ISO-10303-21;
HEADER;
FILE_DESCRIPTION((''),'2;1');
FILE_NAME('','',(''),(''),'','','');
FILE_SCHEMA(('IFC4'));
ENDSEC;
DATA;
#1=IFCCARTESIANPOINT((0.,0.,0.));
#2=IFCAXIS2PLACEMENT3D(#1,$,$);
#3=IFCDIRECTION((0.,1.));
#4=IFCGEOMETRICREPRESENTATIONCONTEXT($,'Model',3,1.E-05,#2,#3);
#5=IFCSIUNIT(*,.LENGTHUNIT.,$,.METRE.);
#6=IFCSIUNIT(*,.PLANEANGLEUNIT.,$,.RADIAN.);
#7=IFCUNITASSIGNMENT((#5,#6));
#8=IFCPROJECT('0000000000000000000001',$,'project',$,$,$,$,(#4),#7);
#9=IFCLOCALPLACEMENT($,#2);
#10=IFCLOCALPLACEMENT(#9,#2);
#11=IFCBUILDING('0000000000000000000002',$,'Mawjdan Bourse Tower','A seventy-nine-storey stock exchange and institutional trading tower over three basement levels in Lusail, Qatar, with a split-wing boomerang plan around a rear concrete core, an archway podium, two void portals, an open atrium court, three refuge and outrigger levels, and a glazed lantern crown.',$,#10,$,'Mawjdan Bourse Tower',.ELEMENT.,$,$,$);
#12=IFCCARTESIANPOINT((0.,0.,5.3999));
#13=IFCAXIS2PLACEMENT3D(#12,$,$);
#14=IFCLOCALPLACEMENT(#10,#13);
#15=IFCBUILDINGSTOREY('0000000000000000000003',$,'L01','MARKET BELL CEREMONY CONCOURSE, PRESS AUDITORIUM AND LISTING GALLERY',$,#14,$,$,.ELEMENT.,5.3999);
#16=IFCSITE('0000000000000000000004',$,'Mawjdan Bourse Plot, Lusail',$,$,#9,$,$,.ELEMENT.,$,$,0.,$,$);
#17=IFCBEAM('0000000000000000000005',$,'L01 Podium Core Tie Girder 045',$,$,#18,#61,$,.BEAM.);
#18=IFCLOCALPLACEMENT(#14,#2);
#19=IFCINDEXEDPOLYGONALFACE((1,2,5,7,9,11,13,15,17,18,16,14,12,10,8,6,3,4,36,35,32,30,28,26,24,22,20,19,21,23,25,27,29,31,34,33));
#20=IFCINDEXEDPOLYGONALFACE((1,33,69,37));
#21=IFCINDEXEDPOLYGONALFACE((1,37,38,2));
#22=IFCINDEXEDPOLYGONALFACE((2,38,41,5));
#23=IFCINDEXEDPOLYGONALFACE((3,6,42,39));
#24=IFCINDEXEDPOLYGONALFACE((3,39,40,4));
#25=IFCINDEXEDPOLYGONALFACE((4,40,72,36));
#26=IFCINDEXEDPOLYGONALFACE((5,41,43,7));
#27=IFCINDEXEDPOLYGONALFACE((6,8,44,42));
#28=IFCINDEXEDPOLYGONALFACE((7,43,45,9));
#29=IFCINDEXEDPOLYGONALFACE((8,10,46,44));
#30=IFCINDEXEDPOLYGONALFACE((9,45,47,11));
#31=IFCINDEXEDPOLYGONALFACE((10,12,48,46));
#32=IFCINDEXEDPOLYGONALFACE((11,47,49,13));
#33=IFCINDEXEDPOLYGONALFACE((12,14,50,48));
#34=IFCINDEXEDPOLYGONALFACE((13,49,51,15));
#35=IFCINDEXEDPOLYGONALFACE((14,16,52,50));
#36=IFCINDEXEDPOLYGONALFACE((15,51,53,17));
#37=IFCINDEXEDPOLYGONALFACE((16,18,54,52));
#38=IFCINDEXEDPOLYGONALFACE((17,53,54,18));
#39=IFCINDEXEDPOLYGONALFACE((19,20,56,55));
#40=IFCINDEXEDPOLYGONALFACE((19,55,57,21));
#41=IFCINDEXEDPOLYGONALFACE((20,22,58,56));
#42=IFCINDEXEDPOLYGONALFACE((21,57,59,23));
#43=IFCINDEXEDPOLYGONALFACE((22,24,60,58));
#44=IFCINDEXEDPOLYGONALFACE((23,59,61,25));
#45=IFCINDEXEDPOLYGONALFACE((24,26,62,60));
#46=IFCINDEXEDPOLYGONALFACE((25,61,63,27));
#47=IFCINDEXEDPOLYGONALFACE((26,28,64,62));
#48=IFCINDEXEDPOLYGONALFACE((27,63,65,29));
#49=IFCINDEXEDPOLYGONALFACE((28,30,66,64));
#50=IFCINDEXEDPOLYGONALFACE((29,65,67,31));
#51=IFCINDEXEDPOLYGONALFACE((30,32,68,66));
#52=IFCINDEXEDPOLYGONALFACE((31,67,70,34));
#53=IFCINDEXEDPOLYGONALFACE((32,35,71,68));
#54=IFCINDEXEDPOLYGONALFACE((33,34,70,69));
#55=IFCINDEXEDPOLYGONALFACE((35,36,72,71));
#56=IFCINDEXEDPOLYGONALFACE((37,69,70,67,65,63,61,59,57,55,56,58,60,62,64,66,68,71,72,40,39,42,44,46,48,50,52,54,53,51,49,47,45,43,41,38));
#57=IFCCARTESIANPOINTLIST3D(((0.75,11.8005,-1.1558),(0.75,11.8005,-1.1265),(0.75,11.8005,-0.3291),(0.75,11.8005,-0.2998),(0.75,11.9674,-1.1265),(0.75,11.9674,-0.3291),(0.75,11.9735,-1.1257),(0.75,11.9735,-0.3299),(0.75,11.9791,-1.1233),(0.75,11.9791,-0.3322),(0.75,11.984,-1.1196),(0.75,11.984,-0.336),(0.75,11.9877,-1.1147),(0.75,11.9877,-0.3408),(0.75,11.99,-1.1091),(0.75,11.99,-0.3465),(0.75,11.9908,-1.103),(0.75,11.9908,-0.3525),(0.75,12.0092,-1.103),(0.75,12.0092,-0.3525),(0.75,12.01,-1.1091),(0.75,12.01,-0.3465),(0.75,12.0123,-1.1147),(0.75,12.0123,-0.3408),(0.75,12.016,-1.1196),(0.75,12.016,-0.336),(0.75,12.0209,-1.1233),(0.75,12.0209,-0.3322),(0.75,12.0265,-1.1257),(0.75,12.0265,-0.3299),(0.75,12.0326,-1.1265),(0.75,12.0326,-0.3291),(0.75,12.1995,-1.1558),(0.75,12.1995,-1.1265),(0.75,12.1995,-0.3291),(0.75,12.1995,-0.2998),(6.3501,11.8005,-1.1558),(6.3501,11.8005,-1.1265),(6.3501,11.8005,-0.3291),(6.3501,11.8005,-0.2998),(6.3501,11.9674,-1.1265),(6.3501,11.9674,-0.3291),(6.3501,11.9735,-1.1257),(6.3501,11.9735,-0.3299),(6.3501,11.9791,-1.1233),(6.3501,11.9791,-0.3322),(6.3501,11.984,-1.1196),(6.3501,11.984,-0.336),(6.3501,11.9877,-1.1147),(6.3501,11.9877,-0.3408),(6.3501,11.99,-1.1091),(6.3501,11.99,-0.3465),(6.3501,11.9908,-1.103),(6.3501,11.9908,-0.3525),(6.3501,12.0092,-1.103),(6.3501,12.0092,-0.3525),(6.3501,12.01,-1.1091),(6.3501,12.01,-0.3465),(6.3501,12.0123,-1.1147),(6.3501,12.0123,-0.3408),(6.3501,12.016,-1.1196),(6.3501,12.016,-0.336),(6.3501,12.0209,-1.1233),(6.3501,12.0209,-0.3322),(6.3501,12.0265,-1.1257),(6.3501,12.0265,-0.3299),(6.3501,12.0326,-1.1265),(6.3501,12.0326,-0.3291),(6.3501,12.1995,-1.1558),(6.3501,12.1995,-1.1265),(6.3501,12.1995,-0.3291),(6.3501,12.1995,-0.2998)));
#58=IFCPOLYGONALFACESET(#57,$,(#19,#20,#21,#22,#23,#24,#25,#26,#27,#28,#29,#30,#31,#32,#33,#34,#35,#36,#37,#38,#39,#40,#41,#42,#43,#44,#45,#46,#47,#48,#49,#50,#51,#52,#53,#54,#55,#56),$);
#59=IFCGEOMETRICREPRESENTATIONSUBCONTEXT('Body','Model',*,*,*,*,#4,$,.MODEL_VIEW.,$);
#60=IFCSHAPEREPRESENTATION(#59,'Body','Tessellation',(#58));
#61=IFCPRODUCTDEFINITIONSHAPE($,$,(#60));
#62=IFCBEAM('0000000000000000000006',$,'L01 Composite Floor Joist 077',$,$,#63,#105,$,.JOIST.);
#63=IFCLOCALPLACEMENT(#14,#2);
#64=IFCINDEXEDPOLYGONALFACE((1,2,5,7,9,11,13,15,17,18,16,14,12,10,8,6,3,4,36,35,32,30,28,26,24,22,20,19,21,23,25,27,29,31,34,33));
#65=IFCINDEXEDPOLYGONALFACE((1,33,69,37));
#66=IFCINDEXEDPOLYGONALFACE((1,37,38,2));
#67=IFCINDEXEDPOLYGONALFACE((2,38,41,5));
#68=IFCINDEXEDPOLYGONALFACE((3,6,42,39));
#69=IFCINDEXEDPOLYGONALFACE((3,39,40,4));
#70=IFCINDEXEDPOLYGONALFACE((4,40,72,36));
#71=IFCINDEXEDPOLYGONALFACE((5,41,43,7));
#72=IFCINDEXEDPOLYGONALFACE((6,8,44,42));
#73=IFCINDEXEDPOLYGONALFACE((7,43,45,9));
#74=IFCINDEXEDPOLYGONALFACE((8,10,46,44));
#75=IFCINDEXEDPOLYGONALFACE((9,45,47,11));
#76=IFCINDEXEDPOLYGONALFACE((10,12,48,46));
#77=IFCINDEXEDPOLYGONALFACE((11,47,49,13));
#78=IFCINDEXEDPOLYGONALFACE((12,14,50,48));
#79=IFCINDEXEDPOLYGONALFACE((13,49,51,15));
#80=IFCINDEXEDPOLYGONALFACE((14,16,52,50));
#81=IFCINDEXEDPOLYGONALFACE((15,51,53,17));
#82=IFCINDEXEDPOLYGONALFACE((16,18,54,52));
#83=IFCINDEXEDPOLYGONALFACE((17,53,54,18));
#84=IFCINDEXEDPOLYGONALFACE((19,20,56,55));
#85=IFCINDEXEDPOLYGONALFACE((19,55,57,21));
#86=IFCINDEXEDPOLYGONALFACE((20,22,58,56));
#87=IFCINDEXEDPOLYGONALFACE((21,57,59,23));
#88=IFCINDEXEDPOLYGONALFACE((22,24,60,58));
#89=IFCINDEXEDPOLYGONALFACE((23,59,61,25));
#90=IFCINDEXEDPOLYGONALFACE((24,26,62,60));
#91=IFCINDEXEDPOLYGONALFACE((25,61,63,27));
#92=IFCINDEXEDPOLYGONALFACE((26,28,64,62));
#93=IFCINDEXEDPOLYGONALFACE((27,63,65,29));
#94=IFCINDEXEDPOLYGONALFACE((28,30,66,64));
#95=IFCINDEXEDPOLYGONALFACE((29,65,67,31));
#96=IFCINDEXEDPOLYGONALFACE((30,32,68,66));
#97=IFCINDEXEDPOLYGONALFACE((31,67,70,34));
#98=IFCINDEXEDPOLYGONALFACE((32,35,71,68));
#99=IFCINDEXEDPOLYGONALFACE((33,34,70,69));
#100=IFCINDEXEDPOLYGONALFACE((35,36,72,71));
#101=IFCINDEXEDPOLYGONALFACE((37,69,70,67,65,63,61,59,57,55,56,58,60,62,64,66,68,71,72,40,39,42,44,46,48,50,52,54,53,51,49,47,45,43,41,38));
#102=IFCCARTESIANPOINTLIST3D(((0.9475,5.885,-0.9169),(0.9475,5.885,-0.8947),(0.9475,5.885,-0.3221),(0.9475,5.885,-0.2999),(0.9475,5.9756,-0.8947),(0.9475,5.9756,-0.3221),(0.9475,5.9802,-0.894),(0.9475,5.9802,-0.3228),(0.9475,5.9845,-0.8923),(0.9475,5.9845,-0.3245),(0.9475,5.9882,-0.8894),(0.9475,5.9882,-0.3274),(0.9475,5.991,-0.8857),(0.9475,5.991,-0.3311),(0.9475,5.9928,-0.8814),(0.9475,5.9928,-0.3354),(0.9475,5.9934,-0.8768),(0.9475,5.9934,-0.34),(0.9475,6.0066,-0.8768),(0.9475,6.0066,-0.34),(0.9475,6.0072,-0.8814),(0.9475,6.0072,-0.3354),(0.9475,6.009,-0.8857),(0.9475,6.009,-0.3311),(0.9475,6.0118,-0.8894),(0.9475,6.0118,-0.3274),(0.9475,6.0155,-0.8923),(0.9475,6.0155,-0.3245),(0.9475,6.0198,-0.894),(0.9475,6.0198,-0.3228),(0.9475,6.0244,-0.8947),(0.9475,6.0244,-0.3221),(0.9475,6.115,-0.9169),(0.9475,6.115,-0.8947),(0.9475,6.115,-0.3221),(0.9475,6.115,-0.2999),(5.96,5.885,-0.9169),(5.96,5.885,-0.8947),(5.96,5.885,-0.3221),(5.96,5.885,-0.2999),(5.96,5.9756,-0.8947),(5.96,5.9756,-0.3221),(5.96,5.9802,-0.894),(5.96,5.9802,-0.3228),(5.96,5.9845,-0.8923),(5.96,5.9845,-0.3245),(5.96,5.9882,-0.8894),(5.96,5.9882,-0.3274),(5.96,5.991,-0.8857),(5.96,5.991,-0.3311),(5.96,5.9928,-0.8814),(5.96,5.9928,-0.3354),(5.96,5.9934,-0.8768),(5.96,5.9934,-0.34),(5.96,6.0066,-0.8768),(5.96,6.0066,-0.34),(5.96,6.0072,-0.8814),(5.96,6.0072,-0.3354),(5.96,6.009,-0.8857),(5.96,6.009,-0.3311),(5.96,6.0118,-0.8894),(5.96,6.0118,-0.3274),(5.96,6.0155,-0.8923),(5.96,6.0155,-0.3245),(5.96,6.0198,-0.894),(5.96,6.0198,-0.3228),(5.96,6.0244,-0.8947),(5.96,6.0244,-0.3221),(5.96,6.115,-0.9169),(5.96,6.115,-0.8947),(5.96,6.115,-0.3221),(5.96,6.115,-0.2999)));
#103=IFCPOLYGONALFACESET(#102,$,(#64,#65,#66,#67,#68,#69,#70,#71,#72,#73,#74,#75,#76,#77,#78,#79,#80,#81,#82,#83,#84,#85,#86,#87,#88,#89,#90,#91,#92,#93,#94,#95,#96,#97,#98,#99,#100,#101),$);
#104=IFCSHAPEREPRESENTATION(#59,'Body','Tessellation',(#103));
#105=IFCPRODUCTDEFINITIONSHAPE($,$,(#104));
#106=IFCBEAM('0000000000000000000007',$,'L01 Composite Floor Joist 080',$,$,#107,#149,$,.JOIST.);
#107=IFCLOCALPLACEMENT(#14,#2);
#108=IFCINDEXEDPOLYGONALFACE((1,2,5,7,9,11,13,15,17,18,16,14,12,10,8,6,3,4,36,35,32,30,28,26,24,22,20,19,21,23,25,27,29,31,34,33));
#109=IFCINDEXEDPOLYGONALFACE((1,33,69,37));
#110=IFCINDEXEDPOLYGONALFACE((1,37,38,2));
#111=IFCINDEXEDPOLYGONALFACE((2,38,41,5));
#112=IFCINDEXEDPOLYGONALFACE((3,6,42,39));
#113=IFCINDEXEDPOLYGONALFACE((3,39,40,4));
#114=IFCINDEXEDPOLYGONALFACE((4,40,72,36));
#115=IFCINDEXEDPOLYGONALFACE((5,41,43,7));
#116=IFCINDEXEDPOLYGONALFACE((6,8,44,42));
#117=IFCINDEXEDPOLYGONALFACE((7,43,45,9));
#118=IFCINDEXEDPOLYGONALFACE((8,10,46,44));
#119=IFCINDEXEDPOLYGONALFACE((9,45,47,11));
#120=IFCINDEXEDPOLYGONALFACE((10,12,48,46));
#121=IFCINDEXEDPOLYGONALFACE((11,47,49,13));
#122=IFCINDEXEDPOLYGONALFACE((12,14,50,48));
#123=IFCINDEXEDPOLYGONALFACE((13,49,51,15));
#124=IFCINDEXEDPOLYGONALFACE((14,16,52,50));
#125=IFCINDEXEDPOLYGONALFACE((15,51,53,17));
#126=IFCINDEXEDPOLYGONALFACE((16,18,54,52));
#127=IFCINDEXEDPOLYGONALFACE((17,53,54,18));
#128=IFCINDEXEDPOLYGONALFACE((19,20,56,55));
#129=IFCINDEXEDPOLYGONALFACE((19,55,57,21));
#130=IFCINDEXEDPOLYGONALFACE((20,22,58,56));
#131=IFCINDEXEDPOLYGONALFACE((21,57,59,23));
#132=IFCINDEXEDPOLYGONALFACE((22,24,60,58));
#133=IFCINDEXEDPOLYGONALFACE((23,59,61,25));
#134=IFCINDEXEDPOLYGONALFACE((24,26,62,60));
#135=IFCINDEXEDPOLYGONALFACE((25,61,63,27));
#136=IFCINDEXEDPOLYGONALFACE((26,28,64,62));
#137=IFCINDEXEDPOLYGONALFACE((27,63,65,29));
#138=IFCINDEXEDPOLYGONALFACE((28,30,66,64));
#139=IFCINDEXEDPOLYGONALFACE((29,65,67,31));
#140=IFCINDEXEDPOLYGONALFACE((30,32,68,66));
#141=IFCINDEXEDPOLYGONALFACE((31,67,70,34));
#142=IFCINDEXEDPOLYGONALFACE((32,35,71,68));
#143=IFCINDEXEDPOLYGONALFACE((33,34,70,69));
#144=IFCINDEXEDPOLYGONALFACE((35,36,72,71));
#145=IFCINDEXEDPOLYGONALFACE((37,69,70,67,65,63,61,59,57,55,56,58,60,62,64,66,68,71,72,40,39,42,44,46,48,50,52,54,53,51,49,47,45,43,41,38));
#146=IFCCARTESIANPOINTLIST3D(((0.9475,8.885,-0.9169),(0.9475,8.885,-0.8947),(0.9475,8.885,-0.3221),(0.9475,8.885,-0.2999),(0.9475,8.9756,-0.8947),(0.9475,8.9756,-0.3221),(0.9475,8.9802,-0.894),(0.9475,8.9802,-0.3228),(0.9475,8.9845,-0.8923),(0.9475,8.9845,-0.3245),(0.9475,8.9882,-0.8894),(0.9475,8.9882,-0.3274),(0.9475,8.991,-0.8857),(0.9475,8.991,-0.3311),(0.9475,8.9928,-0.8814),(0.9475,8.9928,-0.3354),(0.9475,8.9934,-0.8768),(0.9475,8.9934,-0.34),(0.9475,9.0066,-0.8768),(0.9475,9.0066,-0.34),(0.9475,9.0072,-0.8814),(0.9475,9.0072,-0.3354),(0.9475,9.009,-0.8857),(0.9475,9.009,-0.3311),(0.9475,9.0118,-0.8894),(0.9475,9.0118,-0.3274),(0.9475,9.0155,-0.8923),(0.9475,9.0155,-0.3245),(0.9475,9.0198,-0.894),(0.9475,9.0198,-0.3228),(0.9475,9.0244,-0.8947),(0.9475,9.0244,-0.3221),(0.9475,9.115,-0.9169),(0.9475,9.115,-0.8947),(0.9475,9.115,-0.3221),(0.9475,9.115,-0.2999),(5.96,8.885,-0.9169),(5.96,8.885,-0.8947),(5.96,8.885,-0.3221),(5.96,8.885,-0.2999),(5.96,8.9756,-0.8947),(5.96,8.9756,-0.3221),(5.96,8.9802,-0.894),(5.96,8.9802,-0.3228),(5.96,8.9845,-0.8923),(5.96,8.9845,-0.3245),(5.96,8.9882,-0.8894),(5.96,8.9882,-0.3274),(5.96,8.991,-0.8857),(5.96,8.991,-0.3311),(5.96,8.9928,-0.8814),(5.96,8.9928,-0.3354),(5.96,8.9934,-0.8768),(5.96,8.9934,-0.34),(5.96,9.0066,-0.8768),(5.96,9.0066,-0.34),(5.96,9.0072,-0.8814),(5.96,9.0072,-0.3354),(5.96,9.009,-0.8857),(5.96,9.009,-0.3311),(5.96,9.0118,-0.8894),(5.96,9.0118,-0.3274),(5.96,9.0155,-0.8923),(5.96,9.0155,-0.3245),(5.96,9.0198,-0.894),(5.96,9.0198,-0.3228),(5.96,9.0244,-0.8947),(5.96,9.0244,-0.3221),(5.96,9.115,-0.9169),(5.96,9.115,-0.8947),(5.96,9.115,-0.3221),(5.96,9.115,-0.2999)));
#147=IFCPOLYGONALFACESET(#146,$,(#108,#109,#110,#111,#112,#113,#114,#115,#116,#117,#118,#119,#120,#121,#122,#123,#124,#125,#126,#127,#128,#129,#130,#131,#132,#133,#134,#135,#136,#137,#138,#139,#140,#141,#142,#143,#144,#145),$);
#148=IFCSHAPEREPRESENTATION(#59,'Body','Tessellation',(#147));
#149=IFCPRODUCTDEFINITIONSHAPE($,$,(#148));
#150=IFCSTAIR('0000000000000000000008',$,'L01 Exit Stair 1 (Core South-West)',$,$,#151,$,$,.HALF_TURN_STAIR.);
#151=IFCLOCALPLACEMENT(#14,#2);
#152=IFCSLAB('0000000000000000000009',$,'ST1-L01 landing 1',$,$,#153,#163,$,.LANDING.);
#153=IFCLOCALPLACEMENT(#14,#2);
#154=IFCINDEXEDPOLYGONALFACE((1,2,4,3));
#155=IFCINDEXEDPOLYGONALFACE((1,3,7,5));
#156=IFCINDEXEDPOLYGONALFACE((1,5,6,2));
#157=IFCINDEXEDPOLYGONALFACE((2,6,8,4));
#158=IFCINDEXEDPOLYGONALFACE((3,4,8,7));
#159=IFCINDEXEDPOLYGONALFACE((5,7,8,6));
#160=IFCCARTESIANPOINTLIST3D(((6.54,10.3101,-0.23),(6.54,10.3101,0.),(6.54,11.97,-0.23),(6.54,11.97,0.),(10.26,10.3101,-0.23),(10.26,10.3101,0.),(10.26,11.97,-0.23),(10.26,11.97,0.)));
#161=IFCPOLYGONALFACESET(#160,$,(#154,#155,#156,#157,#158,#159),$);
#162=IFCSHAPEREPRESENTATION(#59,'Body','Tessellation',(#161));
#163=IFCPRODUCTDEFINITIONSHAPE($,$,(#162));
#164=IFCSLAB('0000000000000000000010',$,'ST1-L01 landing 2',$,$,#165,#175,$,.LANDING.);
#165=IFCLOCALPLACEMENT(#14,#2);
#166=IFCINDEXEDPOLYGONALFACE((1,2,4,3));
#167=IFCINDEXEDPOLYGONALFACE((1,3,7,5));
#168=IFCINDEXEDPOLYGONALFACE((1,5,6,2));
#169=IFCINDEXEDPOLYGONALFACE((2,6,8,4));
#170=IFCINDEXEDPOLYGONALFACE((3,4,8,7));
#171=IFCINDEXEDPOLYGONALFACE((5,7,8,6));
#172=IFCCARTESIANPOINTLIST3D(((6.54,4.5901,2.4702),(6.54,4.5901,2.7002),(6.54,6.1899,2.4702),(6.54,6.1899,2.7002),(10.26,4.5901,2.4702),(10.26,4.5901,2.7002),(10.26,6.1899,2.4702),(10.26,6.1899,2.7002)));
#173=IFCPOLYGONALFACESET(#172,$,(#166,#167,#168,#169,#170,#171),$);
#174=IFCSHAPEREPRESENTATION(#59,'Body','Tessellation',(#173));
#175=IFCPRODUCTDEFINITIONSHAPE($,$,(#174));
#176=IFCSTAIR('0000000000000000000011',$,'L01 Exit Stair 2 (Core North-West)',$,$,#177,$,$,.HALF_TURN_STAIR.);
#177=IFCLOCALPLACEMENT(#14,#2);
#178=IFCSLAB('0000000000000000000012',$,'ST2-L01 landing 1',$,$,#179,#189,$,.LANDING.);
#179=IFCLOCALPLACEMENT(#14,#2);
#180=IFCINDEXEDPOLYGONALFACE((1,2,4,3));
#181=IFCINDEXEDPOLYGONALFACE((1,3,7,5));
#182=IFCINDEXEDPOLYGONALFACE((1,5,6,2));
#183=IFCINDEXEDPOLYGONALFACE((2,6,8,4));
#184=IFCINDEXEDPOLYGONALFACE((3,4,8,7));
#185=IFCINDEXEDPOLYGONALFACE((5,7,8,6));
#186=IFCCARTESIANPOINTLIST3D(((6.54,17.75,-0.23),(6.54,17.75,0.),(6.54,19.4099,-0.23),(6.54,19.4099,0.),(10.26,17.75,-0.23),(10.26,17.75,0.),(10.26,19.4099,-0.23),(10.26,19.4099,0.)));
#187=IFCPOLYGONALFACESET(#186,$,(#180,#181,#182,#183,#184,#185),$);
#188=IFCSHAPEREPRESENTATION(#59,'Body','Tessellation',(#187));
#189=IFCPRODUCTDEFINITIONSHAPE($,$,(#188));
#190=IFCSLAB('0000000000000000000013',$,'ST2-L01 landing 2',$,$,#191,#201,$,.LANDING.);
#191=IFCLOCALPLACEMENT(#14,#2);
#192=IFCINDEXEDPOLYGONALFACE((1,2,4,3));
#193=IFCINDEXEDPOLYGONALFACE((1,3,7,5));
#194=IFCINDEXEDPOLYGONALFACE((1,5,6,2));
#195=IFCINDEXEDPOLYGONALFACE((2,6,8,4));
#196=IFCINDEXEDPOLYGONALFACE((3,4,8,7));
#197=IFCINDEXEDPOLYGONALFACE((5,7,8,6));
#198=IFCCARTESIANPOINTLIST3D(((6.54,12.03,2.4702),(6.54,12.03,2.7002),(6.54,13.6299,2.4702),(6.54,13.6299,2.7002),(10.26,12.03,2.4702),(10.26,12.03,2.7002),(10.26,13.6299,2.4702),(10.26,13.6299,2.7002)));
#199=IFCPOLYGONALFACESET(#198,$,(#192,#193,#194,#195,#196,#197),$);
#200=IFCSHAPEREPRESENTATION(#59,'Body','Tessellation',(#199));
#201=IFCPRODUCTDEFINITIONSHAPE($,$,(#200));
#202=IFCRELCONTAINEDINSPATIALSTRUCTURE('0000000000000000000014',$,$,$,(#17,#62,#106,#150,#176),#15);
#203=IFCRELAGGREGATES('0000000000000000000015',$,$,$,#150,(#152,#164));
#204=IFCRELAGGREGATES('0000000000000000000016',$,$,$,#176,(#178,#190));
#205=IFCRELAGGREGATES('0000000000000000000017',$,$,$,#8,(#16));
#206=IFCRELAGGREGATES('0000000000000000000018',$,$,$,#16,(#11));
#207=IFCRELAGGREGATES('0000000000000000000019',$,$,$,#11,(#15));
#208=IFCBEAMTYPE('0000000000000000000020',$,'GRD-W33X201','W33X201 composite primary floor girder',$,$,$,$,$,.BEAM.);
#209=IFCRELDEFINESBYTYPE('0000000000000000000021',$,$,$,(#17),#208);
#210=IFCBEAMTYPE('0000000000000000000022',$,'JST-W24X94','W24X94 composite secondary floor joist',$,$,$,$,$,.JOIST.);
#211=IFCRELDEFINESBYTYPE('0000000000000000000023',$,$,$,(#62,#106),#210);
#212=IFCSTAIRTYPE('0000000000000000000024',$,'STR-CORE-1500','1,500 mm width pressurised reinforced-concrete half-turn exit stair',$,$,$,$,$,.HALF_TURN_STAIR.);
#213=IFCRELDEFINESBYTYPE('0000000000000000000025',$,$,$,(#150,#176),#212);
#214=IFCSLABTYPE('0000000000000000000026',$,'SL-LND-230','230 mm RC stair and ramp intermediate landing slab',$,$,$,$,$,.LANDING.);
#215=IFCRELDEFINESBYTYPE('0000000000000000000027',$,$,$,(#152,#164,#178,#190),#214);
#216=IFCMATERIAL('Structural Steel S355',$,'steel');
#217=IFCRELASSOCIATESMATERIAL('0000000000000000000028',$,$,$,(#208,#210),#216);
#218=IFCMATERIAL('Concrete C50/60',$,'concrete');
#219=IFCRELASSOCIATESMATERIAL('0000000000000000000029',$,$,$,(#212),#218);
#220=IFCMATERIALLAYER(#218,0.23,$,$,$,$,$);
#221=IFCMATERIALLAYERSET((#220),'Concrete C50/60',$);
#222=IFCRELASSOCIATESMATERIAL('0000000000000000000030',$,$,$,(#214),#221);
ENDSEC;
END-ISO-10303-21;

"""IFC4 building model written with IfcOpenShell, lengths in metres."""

from ifc_helpers import new_model, si_unit, direction, frame, origin, origin_2d, place, context, subcontext, project, spatial, polyline, i_section, outline, extrude, material, layer, layer_set, material_profile, profile_set, type_object, element, aggregate, save


model = new_model("IFC4")

# Units and contexts
model_context = context("Model", 3, precision=1e-05, world=origin(), true_north=direction((0.0, 1.0)))
body_context = subcontext(model_context, "Body", "Model", "MODEL_VIEW")
ifc_project = project(units=[si_unit("LENGTHUNIT", "METRE"), si_unit("PLANEANGLEUNIT", "RADIAN")], contexts=[model_context])

# Site, building, storey
site_placement = place(None, origin())
site = spatial("IfcSite", under=ifc_project, at=site_placement, Name="Mawjdan Bourse Plot, Lusail", CompositionType="ELEMENT", RefElevation=0.0)
building_placement = place(site_placement, origin())
building = spatial("IfcBuilding", under=site, at=building_placement, Name="Mawjdan Bourse Tower", Description="A seventy-nine-storey stock exchange and institutional trading tower over three basement levels in Lusail, Qatar, with a split-wing boomerang plan around a rear concrete core, an archway podium, two void portals, an open atrium court, three refuge and outrigger levels, and a glazed lantern crown.", LongName="Mawjdan Bourse Tower", CompositionType="ELEMENT")
storey_placement = place(building_placement, frame((0.0, 0.0, 5.3999)))
storey = spatial("IfcBuildingStorey", under=building, at=storey_placement, Name="L01", Description="MARKET BELL CEREMONY CONCOURSE, PRESS AUDITORIUM AND LISTING GALLERY", CompositionType="ELEMENT", Elevation=5.3999)

# Beams
ifc_material_1 = material(Name="Structural Steel S355", Category="steel")
ifc_material_profile_1 = material_profile(ifc_material_1, i_section(OverallWidth=0.3989, OverallDepth=0.856, WebThickness=0.0183, FlangeThickness=0.0293, FilletRadius=0.0234, at=origin_2d()), Name="W33X201")
ifc_profile_set_1 = profile_set([ifc_material_profile_1], Name="Structural Steel S355")
beam_type_1 = type_object("IfcBeamType", Name="GRD-W33X201", Description="W33X201 composite primary floor girder", PredefinedType="BEAM", material=ifc_profile_set_1)
beam_1_placement = place(storey_placement, frame((0.75, 12.0, -0.7278), z_axis=(1.0, 0.0, 0.0), x_axis=(0.0, 1.0, 0.0)))
element("IfcBeam", 1, at=beam_1_placement, inside=storey, type_object=beam_type_1, Name="L01 Podium Core Tie Girder 045", PredefinedType="BEAM", context=body_context, shape_type="SweptSolid", body=[
    extrude(i_section(OverallWidth=0.3989, OverallDepth=0.856, WebThickness=0.0183, FlangeThickness=0.0293, FilletRadius=0.0234, at=origin_2d()), origin(), (0.0, 0.0, 1.0), 5.6001),
])
ifc_material_profile_2 = material_profile(ifc_material_1, i_section(OverallWidth=0.23, OverallDepth=0.6169, WebThickness=0.0132, FlangeThickness=0.0222, FilletRadius=0.0178, at=origin_2d()), Name="W24X94")
ifc_profile_set_2 = profile_set([ifc_material_profile_2], Name="Structural Steel S355")
beam_type_2 = type_object("IfcBeamType", Name="JST-W24X94", Description="W24X94 composite secondary floor joist", PredefinedType="JOIST", material=ifc_profile_set_2)
for number, where, z_axis, x_axis, name in (
    (2, (0.9475, 6.0, -0.6084), (1.0, 0.0, 0.0), (0.0, 1.0, 0.0), "L01 Composite Floor Joist 077"),
    (3, (0.9475, 9.0, -0.6084), (1.0, 0.0, 0.0), (0.0, 1.0, 0.0), "L01 Composite Floor Joist 080"),
):
    element("IfcBeam", number, at=place(storey_placement, frame(where, z_axis=z_axis, x_axis=x_axis)), inside=storey, type_object=beam_type_2, Name=name, PredefinedType="JOIST", context=body_context, shape_type="SweptSolid", body=[
        extrude(i_section(OverallWidth=0.23, OverallDepth=0.6169, WebThickness=0.0132, FlangeThickness=0.0222, FilletRadius=0.0178, at=origin_2d()), origin(), (0.0, 0.0, 1.0), 5.0125),
    ])

# Stairs, slabs
ifc_material_2 = material(Name="Concrete C50/60", Category="concrete")
stair_type_1 = type_object("IfcStairType", Name="STR-CORE-1500", Description="1,500 mm width pressurised reinforced-concrete half-turn exit stair", PredefinedType="HALF_TURN_STAIR", material=ifc_material_2)
stair_1_placement = place(storey_placement, origin())
stair_1 = element("IfcStair", 4, at=stair_1_placement, inside=storey, type_object=stair_type_1, Name="L01 Exit Stair 1 (Core South-West)", PredefinedType="HALF_TURN_STAIR")
ifc_layer_1 = layer(ifc_material_2, 0.23)
ifc_layer_set_1 = layer_set([ifc_layer_1], Name="Concrete C50/60")
slab_type_1 = type_object("IfcSlabType", Name="SL-LND-230", Description="230 mm RC stair and ramp intermediate landing slab", PredefinedType="LANDING", material=ifc_layer_set_1)
slab_1_placement = place(storey_placement, frame((0.0, 0.0, -0.23)))
slab_1 = element("IfcSlab", 5, at=slab_1_placement, type_object=slab_type_1, Name="ST1-L01 landing 1", PredefinedType="LANDING", context=body_context, shape_type="SweptSolid", body=[
    extrude(outline(polyline([(6.54, 10.3101), (10.26, 10.3101), (10.26, 11.97), (6.54, 11.97), (6.54, 10.3101)])), origin(), (0.0, 0.0, 1.0), 0.23),
])
slab_2_placement = place(storey_placement, frame((0.0, 0.0, 2.4702)))
slab_2 = element("IfcSlab", 6, at=slab_2_placement, type_object=slab_type_1, Name="ST1-L01 landing 2", PredefinedType="LANDING", context=body_context, shape_type="SweptSolid", body=[
    extrude(outline(polyline([(6.54, 4.5901), (10.26, 4.5901), (10.26, 6.1899), (6.54, 6.1899), (6.54, 4.5901)])), origin(), (0.0, 0.0, 1.0), 0.23),
])
aggregate(stair_1, [slab_1, slab_2])
stair_2_placement = place(storey_placement, origin())
stair_2 = element("IfcStair", 7, at=stair_2_placement, inside=storey, type_object=stair_type_1, Name="L01 Exit Stair 2 (Core North-West)", PredefinedType="HALF_TURN_STAIR")
slab_3_placement = place(storey_placement, frame((0.0, 0.0, -0.23)))
slab_3 = element("IfcSlab", 8, at=slab_3_placement, type_object=slab_type_1, Name="ST2-L01 landing 1", PredefinedType="LANDING", context=body_context, shape_type="SweptSolid", body=[
    extrude(outline(polyline([(6.54, 17.75), (10.26, 17.75), (10.26, 19.4099), (6.54, 19.4099), (6.54, 17.75)])), origin(), (0.0, 0.0, 1.0), 0.23),
])
slab_4_placement = place(storey_placement, frame((0.0, 0.0, 2.4702)))
slab_4 = element("IfcSlab", 9, at=slab_4_placement, type_object=slab_type_1, Name="ST2-L01 landing 2", PredefinedType="LANDING", context=body_context, shape_type="SweptSolid", body=[
    extrude(outline(polyline([(6.54, 12.03), (10.26, 12.03), (10.26, 13.6299), (6.54, 13.6299), (6.54, 12.03)])), origin(), (0.0, 0.0, 1.0), 0.23),
])
aggregate(stair_2, [slab_3, slab_4])

save(model, "model.ifc")
